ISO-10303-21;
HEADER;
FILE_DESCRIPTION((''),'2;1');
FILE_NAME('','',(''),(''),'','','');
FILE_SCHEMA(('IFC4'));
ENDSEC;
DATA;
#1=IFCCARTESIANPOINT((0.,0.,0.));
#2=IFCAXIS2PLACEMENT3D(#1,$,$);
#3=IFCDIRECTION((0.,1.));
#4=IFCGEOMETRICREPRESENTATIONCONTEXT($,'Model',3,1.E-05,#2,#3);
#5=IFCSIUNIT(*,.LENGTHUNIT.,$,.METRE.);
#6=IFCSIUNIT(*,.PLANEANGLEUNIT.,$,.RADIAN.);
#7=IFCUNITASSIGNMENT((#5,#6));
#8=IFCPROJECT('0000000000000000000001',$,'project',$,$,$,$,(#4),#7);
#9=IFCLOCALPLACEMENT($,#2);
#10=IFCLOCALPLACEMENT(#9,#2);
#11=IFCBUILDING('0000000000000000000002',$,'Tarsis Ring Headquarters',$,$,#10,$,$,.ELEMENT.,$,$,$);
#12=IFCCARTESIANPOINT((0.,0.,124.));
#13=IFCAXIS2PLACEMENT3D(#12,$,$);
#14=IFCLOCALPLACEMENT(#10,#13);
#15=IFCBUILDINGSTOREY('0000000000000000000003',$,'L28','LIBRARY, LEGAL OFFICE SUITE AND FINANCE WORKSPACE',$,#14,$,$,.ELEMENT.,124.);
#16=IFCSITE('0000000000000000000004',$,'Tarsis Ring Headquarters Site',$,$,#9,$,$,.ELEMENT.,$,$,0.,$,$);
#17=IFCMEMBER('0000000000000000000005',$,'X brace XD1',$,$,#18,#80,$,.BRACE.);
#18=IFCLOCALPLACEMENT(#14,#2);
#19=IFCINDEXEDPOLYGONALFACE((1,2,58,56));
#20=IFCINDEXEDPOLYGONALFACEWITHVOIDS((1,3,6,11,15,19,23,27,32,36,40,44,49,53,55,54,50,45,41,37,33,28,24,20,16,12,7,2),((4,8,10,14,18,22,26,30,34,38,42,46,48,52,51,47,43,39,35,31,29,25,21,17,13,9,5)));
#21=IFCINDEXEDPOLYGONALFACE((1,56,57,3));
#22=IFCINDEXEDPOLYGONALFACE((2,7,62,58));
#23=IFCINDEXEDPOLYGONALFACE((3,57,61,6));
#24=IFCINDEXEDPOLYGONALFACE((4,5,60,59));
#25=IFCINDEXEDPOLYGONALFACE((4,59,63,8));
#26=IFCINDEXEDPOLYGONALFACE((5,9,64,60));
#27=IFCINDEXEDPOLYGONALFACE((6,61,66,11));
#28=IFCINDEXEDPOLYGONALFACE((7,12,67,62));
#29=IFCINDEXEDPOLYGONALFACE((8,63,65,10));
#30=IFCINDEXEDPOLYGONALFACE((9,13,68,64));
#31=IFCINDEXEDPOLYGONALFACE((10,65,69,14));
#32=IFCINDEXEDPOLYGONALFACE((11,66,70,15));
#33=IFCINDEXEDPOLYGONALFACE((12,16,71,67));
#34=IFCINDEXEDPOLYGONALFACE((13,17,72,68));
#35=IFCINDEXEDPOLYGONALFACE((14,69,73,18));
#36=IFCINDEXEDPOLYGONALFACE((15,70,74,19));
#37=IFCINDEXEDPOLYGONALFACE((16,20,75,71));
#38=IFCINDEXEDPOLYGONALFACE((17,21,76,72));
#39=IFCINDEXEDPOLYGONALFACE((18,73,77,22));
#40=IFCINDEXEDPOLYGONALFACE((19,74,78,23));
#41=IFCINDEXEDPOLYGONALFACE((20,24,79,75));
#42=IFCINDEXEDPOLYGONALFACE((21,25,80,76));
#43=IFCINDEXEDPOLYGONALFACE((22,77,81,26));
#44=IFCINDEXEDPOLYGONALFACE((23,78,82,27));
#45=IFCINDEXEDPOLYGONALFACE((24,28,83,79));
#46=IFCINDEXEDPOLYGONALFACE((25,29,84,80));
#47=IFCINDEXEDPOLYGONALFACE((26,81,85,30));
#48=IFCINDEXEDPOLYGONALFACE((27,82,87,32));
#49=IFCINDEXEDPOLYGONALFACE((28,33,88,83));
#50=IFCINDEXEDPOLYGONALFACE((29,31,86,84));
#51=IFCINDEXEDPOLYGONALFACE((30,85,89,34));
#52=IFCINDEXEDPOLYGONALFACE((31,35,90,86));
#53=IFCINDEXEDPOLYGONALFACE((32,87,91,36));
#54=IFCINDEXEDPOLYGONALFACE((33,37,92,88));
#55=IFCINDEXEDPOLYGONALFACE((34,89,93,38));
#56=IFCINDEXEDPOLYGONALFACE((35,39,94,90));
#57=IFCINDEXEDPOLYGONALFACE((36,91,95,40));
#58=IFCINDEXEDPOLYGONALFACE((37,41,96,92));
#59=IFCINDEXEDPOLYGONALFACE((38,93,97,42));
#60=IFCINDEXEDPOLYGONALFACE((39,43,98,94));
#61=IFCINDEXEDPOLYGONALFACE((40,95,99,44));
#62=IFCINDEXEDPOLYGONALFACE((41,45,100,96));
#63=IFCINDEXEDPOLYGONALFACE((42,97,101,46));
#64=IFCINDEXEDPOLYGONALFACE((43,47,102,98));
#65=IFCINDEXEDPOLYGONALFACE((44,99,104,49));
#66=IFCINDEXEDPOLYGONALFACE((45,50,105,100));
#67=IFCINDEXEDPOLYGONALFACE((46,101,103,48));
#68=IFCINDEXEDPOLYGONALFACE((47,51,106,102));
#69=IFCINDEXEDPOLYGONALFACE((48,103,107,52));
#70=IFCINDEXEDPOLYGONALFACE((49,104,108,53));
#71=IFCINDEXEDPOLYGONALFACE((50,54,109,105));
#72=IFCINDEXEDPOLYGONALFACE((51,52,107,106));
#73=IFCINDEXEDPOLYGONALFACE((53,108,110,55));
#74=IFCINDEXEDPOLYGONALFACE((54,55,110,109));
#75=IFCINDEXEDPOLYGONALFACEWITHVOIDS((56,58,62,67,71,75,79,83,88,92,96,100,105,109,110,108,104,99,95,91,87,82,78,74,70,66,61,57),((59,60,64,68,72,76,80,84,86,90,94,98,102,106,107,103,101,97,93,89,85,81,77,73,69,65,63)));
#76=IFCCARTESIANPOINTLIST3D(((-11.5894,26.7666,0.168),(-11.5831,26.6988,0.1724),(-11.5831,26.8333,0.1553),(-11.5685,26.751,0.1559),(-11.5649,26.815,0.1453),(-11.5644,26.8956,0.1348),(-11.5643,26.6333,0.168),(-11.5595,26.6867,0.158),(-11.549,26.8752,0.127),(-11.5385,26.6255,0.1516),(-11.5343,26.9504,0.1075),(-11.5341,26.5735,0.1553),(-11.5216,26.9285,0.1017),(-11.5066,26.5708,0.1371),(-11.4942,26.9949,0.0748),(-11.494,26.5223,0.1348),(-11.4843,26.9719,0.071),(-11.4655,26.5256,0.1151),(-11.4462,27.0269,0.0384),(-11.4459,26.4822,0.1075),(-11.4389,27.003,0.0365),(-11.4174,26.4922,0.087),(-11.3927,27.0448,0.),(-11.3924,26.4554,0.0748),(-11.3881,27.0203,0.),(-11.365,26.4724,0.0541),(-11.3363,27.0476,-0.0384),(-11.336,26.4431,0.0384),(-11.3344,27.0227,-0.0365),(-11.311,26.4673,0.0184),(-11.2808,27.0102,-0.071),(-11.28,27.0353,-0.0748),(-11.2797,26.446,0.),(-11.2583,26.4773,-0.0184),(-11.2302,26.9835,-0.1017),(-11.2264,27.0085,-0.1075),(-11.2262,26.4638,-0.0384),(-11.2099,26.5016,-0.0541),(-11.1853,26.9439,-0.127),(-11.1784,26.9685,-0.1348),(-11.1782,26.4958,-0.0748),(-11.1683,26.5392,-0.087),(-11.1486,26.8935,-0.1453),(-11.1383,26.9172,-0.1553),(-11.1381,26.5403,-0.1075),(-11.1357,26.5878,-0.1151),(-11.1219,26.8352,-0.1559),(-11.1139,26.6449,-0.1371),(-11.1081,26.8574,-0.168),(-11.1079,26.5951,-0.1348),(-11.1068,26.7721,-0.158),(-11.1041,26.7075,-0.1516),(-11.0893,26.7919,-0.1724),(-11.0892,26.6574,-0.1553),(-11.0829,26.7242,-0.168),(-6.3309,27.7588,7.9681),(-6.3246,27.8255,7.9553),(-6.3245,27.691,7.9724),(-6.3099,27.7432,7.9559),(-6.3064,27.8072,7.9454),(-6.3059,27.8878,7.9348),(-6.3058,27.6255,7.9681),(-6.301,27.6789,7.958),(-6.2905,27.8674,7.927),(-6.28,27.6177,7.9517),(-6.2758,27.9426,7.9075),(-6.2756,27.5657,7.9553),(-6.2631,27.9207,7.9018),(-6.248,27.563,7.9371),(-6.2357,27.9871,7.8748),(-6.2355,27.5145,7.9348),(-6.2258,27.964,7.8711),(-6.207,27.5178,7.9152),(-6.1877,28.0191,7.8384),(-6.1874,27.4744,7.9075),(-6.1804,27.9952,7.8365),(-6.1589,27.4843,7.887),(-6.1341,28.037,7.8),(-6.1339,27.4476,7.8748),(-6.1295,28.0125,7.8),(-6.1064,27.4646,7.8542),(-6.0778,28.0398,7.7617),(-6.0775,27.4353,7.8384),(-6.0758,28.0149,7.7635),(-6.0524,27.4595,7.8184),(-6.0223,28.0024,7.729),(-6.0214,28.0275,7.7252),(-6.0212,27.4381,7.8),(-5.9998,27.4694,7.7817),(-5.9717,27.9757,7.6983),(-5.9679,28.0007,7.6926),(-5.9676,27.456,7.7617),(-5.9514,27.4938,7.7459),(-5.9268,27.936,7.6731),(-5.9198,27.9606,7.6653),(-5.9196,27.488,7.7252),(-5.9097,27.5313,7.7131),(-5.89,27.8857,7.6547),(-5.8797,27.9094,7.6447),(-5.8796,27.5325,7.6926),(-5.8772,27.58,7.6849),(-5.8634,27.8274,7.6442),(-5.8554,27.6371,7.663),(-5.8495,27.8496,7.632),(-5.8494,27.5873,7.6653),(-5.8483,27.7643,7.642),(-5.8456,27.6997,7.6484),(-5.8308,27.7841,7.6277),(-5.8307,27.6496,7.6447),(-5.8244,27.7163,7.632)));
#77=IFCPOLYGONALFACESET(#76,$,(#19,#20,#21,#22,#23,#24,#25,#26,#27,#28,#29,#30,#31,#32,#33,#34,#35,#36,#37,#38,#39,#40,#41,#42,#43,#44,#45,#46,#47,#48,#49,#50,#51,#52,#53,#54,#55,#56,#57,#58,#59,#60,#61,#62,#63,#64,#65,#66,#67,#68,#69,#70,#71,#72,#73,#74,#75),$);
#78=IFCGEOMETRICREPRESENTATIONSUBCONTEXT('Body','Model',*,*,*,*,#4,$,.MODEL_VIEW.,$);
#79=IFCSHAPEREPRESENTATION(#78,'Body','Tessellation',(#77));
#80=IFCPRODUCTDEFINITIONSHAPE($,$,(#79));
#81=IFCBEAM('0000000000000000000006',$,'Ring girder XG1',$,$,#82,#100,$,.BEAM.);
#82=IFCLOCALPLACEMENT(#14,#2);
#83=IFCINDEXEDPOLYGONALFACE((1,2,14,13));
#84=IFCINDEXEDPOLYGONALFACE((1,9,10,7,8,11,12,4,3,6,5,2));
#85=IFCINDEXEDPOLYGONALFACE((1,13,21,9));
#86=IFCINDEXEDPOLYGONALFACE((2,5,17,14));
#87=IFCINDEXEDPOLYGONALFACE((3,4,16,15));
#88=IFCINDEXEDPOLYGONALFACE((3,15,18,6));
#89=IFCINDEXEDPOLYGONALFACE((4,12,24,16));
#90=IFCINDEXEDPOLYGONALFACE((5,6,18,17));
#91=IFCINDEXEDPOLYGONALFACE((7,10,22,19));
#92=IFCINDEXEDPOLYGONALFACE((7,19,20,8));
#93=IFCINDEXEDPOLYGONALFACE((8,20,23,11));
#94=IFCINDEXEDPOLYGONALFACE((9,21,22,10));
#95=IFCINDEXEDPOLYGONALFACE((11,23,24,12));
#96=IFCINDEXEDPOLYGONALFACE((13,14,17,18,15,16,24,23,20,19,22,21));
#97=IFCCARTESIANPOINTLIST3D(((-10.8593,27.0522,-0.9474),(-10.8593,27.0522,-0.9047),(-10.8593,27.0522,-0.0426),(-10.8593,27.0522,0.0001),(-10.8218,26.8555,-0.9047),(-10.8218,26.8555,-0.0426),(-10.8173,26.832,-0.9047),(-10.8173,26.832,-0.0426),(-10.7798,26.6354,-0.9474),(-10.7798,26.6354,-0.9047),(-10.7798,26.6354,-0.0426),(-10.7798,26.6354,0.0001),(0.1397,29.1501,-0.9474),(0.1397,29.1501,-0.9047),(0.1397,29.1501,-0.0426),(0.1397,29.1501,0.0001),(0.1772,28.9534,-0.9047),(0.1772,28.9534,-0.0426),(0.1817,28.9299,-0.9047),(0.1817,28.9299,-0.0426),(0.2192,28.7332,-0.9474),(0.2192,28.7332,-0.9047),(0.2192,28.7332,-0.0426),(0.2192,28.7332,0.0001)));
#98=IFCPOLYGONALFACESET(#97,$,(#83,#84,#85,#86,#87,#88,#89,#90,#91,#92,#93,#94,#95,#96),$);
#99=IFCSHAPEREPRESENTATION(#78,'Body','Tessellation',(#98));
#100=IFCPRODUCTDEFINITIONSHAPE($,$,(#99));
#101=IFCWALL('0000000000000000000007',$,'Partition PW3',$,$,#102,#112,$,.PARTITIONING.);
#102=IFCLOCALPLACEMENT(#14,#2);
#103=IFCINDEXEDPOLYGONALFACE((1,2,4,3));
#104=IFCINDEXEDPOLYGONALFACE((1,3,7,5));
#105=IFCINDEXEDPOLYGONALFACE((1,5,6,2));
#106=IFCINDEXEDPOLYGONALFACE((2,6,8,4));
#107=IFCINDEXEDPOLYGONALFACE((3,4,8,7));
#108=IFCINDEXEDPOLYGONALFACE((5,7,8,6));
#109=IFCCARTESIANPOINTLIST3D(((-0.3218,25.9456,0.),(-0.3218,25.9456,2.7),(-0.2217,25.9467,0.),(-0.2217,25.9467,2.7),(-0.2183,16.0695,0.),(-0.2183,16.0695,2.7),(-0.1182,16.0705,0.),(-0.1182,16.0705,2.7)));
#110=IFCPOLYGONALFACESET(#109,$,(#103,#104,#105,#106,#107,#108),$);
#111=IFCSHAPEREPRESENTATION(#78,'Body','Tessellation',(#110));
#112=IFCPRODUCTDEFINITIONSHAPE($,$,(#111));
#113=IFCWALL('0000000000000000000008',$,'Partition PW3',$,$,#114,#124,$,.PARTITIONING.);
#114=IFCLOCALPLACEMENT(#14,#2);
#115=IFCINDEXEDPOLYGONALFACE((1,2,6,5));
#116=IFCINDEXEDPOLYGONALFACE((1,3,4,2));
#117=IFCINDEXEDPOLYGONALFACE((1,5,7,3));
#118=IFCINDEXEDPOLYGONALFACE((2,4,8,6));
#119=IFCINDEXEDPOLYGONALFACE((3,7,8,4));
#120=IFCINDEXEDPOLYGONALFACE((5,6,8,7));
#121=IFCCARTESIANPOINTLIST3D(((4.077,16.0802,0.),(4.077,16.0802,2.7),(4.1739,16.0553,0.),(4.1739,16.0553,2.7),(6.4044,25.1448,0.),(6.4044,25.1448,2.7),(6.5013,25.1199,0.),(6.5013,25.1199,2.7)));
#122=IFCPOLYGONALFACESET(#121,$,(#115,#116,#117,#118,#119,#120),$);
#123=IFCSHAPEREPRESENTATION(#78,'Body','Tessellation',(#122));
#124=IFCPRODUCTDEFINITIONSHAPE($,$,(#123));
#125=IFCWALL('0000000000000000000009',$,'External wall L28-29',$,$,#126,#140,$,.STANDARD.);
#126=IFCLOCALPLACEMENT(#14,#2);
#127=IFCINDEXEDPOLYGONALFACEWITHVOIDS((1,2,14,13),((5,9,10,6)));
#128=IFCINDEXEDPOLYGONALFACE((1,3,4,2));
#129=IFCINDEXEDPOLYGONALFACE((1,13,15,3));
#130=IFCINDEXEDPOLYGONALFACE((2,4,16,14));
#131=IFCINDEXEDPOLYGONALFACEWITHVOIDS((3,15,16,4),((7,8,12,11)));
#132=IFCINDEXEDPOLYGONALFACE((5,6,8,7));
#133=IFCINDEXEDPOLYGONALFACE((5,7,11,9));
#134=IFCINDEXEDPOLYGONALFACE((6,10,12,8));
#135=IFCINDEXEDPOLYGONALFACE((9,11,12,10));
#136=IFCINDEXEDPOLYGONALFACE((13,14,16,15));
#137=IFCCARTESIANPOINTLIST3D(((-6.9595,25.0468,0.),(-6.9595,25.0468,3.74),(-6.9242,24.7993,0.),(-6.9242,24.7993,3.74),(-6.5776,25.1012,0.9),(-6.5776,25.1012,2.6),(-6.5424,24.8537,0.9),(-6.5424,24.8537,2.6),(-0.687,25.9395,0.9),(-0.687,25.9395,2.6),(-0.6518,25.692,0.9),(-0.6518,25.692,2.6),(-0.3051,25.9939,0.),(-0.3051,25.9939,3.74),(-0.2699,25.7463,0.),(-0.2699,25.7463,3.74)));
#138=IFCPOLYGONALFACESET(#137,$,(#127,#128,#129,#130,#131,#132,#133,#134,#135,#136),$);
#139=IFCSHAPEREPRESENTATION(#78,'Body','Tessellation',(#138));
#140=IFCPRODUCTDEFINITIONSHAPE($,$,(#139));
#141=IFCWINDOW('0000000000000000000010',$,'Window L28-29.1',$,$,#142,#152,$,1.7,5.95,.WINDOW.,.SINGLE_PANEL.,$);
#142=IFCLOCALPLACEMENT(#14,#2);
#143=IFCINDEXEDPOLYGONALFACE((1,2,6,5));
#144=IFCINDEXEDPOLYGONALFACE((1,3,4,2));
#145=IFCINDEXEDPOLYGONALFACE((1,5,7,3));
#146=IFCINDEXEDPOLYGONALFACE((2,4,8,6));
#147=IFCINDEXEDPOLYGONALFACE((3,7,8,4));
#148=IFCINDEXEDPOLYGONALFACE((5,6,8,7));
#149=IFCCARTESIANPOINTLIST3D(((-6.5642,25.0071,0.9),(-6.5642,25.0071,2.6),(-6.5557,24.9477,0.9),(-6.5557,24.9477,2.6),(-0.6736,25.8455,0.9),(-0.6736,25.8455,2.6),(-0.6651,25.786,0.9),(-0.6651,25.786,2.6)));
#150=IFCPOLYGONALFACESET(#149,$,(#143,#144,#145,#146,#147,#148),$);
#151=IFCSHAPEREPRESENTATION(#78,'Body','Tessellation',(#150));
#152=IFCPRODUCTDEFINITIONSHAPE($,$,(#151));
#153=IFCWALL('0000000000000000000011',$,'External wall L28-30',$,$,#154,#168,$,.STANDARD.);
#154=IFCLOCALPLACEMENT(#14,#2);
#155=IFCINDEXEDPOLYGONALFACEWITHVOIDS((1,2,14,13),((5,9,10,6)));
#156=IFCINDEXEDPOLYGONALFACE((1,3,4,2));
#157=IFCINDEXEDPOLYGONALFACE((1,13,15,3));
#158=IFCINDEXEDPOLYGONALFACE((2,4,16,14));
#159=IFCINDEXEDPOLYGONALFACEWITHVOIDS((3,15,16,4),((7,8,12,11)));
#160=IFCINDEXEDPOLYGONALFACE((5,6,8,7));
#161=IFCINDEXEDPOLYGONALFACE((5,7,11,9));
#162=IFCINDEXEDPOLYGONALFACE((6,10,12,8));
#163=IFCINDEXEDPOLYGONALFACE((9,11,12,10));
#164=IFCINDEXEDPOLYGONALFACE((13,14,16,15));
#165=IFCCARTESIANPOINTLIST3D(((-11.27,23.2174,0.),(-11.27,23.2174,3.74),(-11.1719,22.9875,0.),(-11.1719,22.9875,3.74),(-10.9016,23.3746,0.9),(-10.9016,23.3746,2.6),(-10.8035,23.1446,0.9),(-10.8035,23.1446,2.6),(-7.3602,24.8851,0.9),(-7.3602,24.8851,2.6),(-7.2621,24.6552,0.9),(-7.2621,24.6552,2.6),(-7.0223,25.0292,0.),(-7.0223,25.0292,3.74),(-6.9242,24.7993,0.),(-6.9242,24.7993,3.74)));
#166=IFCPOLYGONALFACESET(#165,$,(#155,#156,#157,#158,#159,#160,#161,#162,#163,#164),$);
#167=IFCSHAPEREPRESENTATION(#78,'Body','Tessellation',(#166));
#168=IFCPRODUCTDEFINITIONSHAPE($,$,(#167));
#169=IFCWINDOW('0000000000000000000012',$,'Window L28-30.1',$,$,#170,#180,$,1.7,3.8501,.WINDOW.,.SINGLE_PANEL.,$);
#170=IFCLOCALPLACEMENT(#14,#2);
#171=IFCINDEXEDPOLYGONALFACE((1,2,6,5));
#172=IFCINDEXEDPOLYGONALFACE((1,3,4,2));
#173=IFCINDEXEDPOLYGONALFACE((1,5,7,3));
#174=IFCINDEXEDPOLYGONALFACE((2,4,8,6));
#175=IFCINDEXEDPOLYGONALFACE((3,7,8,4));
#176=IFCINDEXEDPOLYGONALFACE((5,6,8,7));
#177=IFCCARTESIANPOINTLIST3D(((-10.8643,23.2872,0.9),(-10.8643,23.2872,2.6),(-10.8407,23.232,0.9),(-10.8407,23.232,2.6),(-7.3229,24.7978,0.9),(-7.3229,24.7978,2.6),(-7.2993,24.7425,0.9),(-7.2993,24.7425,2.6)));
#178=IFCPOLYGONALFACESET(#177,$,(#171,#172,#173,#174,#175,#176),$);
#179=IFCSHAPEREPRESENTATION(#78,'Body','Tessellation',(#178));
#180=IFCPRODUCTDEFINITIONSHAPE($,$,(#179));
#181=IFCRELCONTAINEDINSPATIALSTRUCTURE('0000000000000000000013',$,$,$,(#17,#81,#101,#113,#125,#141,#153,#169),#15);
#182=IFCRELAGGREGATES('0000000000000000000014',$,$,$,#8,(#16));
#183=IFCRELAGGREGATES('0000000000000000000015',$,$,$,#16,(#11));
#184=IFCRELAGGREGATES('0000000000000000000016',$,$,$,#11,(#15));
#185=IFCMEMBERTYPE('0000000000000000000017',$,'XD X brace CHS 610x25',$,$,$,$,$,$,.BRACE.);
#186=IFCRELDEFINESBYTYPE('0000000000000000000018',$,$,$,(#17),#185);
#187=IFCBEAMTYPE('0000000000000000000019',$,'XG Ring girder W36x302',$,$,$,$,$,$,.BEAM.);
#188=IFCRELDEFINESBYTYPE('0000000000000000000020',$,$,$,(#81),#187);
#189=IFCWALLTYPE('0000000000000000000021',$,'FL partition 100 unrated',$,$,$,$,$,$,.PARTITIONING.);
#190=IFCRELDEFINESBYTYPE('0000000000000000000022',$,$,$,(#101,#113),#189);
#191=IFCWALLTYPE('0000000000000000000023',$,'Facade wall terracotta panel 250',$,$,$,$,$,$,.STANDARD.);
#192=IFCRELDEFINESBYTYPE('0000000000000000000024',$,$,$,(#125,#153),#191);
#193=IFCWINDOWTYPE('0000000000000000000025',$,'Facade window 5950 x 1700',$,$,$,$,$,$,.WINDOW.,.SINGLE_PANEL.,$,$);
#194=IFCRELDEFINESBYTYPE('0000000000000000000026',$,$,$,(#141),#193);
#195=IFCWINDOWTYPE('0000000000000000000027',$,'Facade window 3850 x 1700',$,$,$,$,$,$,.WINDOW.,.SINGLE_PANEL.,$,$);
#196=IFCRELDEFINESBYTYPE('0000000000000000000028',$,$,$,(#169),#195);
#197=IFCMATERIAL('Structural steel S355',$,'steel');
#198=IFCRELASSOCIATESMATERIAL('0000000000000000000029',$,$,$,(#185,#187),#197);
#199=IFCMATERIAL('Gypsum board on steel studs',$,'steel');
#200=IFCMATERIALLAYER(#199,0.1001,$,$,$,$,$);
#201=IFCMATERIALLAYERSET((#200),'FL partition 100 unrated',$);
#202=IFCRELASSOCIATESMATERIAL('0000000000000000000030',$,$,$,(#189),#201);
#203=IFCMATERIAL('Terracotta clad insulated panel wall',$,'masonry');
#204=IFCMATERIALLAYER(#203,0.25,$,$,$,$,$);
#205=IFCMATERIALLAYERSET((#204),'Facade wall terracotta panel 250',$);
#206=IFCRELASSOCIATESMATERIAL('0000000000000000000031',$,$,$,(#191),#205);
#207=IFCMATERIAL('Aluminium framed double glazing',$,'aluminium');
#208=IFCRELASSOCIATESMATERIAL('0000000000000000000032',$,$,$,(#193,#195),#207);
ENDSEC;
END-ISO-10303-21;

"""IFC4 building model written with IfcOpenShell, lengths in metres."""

from ifc_helpers import new_model, si_unit, direction, frame, frame_2d, origin, origin_2d, place, context, subcontext, project, spatial, rectangle, hollow_circle, i_section, extrude, material, layer, layer_set, material_profile, profile_set, type_object, element, fill, save


model = new_model("IFC4")

# Units and contexts
model_context = context("Model", 3, precision=1e-05, world=origin(), true_north=direction((0.0, 1.0)))
body_context = subcontext(model_context, "Body", "Model", "MODEL_VIEW")
ifc_project = project(units=[si_unit("LENGTHUNIT", "METRE"), si_unit("PLANEANGLEUNIT", "RADIAN")], contexts=[model_context])

# Site, building, storey
site_placement = place(None, origin())
site = spatial("IfcSite", under=ifc_project, at=site_placement, Name="Tarsis Ring Headquarters Site", CompositionType="ELEMENT", RefElevation=0.0)
building_placement = place(site_placement, origin())
building = spatial("IfcBuilding", under=site, at=building_placement, Name="Tarsis Ring Headquarters", CompositionType="ELEMENT")
storey_placement = place(building_placement, frame((0.0, 0.0, 124.0)))
storey = spatial("IfcBuildingStorey", under=building, at=storey_placement, Name="L28", Description="LIBRARY, LEGAL OFFICE SUITE AND FINANCE WORKSPACE", CompositionType="ELEMENT", Elevation=124.0)

# Shared definitions
ifc_material_1 = material(Name="Structural steel S355", Category="steel")

# Shared definitions
ifc_material_profile_1 = material_profile(ifc_material_1, i_section(OverallWidth=0.4243, OverallDepth=0.9475, WebThickness=0.0239, FlangeThickness=0.0427, at=origin_2d()), Name="W36x302")
ifc_profile_set_1 = profile_set([ifc_material_profile_1], Name="Structural steel S355")

# Member
ifc_material_profile_2 = material_profile(ifc_material_1, hollow_circle(Radius=0.3047, WallThickness=0.0249, at=origin_2d()), Name="CHS 610x25")
ifc_profile_set_2 = profile_set([ifc_material_profile_2], Name="Structural steel S355")
member_type = type_object("IfcMemberType", Name="XD X brace CHS 610x25", PredefinedType="BRACE", material=ifc_profile_set_2)
member_1_placement = place(storey_placement, frame((-11.3362, 26.7454, 0.0), z_axis=(0.555915, 0.104891, 0.824594), x_axis=(-0.18541, 0.982661, 0.0)))
element("IfcMember", 1, at=member_1_placement, inside=storey, type_object=member_type, Name="X brace XD1", PredefinedType="BRACE", context=body_context, shape_type="SweptSolid", body=[
    extrude(hollow_circle(Radius=0.3047, WallThickness=0.0249, at=origin_2d()), origin(), (0.0, 0.0, 1.0), 9.4592),
])

# Beam
beam_type_1 = type_object("IfcBeamType", Name="XG Ring girder W36x302", PredefinedType="BEAM", material=ifc_profile_set_1)
beam_1_placement = place(storey_placement, frame((0.1794, 28.9417, -0.4736), z_axis=(-0.982292, -0.187358, 0.0), x_axis=(0.187358, -0.982292, 0.0)))
element("IfcBeam", 2, at=beam_1_placement, inside=storey, type_object=beam_type_1, Name="Ring girder XG1", PredefinedType="BEAM", context=body_context, shape_type="SweptSolid", body=[
    extrude(i_section(OverallWidth=0.4243, OverallDepth=0.9475, WebThickness=0.0239, FlangeThickness=0.0427, at=origin_2d()), origin(), (0.0, 0.0, 1.0), 11.1973),
])

# Walls
ifc_material_2 = material(Name="Gypsum board on steel studs", Category="steel")
ifc_layer_1 = layer(ifc_material_2, 0.1001)
ifc_layer_set_1 = layer_set([ifc_layer_1], Name="FL partition 100 unrated")
wall_type_1 = type_object("IfcWallType", Name="FL partition 100 unrated", PredefinedType="PARTITIONING", material=ifc_layer_set_1)
wall_1_placement = place(storey_placement, frame((-0.2717, 25.9463, 0.0), z_axis=(0.0, 0.0, 1.0), x_axis=(0.010481, -0.999945, 0.0)))
element("IfcWall", 3, at=wall_1_placement, inside=storey, type_object=wall_type_1, Name="Partition PW3", PredefinedType="PARTITIONING", context=body_context, shape_type="SweptSolid", body=[
    extrude(rectangle(XDim=9.8767, YDim=0.1001, at=frame_2d((4.9385, 0.0))), origin(), (0.0, 0.0, 1.0), 2.7),
])
wall_2_placement = place(storey_placement, frame((4.1255, 16.0679, 0.0), z_axis=(0.0, 0.0, 1.0), x_axis=(0.248687, 0.968584, 0.0)))
element("IfcWall", 4, at=wall_2_placement, inside=storey, type_object=wall_type_1, Name="Partition PW3", PredefinedType="PARTITIONING", context=body_context, shape_type="SweptSolid", body=[
    extrude(rectangle(XDim=9.3586, YDim=0.1001, at=frame_2d((4.6792, 0.0))), origin(), (0.0, 0.0, 1.0), 2.7),
])

# Walls, openings, windows
ifc_material_3 = material(Name="Terracotta clad insulated panel wall", Category="masonry")
ifc_layer_2 = layer(ifc_material_3, 0.25)
ifc_layer_set_2 = layer_set([ifc_layer_2], Name="Facade wall terracotta panel 250")
wall_type_2 = type_object("IfcWallType", Name="Facade wall terracotta panel 250", PredefinedType="STANDARD", material=ifc_layer_set_2)
wall_3_placement = place(storey_placement, frame((-0.2874, 25.8701, 0.0), z_axis=(0.0, 0.0, 1.0), x_axis=(-0.990024, -0.140898, 0.0)))
wall_3 = element("IfcWall", 5, at=wall_3_placement, inside=storey, type_object=wall_type_2, Name="External wall L28-29", PredefinedType="STANDARD", context=body_context, shape_type="SweptSolid", body=[
    extrude(rectangle(XDim=6.7214, YDim=0.25, at=frame_2d((3.3608, 0.0))), origin(), (0.0, 0.0, 1.0), 3.74),
])
opening_1_placement = place(wall_3_placement, frame((0.3857, 0.0, 0.8999)))
opening_1 = element("IfcOpeningElement", 6, at=opening_1_placement, cuts=wall_3, PredefinedType="OPENING", context=body_context, shape_type="SweptSolid", body=[
    extrude(rectangle(XDim=5.95, YDim=1.7, at=frame_2d((2.9751, 0.8501))), frame((0.0, 0.135, 0.0), z_axis=(0.0, -1.0, 0.0), x_axis=(1.0, 0.0, 0.0)), (0.0, 0.0, 1.0), 0.27),
])
ifc_material_4 = material(Name="Aluminium framed double glazing", Category="aluminium")
window_type_1 = type_object("IfcWindowType", Name="Facade window 5950 x 1700", PartitioningType="SINGLE_PANEL", PredefinedType="WINDOW", material=ifc_material_4)
window_1_placement = place(opening_1_placement, origin())
window_1 = element("IfcWindow", 7, at=window_1_placement, inside=storey, type_object=window_type_1, Name="Window L28-29.1", OverallHeight=1.7, OverallWidth=5.95, PartitioningType="SINGLE_PANEL", PredefinedType="WINDOW", context=body_context, shape_type="SweptSolid", body=[
    extrude(rectangle(XDim=5.95, YDim=1.7, at=frame_2d((2.9751, 0.8501))), frame((0.0, 0.03, 0.0), z_axis=(0.0, -1.0, 0.0), x_axis=(1.0, 0.0, 0.0)), (0.0, 0.0, 1.0), 0.0601),
])
fill(opening_1, window_1)
wall_4_placement = place(storey_placement, frame((-6.9731, 24.9143, 0.0), z_axis=(0.0, 0.0, 1.0), x_axis=(-0.919819, -0.392343, 0.0)))
wall_4 = element("IfcWall", 8, at=wall_4_placement, inside=storey, type_object=wall_type_2, Name="External wall L28-30", PredefinedType="STANDARD", context=body_context, shape_type="SweptSolid", body=[
    extrude(rectangle(XDim=4.6179, YDim=0.25, at=frame_2d((2.3091, 0.0))), origin(), (0.0, 0.0, 1.0), 3.74),
])
opening_2_placement = place(wall_4_placement, frame((0.3674, 0.0, 0.8999)))
opening_2 = element("IfcOpeningElement", 9, at=opening_2_placement, cuts=wall_4, PredefinedType="OPENING", context=body_context, shape_type="SweptSolid", body=[
    extrude(rectangle(XDim=3.8501, YDim=1.7, at=frame_2d((1.925, 0.8501))), frame((0.0, 0.135, 0.0), z_axis=(0.0, -1.0, 0.0), x_axis=(1.0, 0.0, 0.0)), (0.0, 0.0, 1.0), 0.27),
])
window_type_2 = type_object("IfcWindowType", Name="Facade window 3850 x 1700", PartitioningType="SINGLE_PANEL", PredefinedType="WINDOW", material=ifc_material_4)
window_2_placement = place(opening_2_placement, origin())
window_2 = element("IfcWindow", 10, at=window_2_placement, inside=storey, type_object=window_type_2, Name="Window L28-30.1", OverallHeight=1.7, OverallWidth=3.8501, PartitioningType="SINGLE_PANEL", PredefinedType="WINDOW", context=body_context, shape_type="SweptSolid", body=[
    extrude(rectangle(XDim=3.8501, YDim=1.7, at=frame_2d((1.925, 0.8501))), frame((0.0, 0.03, 0.0), z_axis=(0.0, -1.0, 0.0), x_axis=(1.0, 0.0, 0.0)), (0.0, 0.0, 1.0), 0.0601),
])
fill(opening_2, window_2)

save(model, "model.ifc")
